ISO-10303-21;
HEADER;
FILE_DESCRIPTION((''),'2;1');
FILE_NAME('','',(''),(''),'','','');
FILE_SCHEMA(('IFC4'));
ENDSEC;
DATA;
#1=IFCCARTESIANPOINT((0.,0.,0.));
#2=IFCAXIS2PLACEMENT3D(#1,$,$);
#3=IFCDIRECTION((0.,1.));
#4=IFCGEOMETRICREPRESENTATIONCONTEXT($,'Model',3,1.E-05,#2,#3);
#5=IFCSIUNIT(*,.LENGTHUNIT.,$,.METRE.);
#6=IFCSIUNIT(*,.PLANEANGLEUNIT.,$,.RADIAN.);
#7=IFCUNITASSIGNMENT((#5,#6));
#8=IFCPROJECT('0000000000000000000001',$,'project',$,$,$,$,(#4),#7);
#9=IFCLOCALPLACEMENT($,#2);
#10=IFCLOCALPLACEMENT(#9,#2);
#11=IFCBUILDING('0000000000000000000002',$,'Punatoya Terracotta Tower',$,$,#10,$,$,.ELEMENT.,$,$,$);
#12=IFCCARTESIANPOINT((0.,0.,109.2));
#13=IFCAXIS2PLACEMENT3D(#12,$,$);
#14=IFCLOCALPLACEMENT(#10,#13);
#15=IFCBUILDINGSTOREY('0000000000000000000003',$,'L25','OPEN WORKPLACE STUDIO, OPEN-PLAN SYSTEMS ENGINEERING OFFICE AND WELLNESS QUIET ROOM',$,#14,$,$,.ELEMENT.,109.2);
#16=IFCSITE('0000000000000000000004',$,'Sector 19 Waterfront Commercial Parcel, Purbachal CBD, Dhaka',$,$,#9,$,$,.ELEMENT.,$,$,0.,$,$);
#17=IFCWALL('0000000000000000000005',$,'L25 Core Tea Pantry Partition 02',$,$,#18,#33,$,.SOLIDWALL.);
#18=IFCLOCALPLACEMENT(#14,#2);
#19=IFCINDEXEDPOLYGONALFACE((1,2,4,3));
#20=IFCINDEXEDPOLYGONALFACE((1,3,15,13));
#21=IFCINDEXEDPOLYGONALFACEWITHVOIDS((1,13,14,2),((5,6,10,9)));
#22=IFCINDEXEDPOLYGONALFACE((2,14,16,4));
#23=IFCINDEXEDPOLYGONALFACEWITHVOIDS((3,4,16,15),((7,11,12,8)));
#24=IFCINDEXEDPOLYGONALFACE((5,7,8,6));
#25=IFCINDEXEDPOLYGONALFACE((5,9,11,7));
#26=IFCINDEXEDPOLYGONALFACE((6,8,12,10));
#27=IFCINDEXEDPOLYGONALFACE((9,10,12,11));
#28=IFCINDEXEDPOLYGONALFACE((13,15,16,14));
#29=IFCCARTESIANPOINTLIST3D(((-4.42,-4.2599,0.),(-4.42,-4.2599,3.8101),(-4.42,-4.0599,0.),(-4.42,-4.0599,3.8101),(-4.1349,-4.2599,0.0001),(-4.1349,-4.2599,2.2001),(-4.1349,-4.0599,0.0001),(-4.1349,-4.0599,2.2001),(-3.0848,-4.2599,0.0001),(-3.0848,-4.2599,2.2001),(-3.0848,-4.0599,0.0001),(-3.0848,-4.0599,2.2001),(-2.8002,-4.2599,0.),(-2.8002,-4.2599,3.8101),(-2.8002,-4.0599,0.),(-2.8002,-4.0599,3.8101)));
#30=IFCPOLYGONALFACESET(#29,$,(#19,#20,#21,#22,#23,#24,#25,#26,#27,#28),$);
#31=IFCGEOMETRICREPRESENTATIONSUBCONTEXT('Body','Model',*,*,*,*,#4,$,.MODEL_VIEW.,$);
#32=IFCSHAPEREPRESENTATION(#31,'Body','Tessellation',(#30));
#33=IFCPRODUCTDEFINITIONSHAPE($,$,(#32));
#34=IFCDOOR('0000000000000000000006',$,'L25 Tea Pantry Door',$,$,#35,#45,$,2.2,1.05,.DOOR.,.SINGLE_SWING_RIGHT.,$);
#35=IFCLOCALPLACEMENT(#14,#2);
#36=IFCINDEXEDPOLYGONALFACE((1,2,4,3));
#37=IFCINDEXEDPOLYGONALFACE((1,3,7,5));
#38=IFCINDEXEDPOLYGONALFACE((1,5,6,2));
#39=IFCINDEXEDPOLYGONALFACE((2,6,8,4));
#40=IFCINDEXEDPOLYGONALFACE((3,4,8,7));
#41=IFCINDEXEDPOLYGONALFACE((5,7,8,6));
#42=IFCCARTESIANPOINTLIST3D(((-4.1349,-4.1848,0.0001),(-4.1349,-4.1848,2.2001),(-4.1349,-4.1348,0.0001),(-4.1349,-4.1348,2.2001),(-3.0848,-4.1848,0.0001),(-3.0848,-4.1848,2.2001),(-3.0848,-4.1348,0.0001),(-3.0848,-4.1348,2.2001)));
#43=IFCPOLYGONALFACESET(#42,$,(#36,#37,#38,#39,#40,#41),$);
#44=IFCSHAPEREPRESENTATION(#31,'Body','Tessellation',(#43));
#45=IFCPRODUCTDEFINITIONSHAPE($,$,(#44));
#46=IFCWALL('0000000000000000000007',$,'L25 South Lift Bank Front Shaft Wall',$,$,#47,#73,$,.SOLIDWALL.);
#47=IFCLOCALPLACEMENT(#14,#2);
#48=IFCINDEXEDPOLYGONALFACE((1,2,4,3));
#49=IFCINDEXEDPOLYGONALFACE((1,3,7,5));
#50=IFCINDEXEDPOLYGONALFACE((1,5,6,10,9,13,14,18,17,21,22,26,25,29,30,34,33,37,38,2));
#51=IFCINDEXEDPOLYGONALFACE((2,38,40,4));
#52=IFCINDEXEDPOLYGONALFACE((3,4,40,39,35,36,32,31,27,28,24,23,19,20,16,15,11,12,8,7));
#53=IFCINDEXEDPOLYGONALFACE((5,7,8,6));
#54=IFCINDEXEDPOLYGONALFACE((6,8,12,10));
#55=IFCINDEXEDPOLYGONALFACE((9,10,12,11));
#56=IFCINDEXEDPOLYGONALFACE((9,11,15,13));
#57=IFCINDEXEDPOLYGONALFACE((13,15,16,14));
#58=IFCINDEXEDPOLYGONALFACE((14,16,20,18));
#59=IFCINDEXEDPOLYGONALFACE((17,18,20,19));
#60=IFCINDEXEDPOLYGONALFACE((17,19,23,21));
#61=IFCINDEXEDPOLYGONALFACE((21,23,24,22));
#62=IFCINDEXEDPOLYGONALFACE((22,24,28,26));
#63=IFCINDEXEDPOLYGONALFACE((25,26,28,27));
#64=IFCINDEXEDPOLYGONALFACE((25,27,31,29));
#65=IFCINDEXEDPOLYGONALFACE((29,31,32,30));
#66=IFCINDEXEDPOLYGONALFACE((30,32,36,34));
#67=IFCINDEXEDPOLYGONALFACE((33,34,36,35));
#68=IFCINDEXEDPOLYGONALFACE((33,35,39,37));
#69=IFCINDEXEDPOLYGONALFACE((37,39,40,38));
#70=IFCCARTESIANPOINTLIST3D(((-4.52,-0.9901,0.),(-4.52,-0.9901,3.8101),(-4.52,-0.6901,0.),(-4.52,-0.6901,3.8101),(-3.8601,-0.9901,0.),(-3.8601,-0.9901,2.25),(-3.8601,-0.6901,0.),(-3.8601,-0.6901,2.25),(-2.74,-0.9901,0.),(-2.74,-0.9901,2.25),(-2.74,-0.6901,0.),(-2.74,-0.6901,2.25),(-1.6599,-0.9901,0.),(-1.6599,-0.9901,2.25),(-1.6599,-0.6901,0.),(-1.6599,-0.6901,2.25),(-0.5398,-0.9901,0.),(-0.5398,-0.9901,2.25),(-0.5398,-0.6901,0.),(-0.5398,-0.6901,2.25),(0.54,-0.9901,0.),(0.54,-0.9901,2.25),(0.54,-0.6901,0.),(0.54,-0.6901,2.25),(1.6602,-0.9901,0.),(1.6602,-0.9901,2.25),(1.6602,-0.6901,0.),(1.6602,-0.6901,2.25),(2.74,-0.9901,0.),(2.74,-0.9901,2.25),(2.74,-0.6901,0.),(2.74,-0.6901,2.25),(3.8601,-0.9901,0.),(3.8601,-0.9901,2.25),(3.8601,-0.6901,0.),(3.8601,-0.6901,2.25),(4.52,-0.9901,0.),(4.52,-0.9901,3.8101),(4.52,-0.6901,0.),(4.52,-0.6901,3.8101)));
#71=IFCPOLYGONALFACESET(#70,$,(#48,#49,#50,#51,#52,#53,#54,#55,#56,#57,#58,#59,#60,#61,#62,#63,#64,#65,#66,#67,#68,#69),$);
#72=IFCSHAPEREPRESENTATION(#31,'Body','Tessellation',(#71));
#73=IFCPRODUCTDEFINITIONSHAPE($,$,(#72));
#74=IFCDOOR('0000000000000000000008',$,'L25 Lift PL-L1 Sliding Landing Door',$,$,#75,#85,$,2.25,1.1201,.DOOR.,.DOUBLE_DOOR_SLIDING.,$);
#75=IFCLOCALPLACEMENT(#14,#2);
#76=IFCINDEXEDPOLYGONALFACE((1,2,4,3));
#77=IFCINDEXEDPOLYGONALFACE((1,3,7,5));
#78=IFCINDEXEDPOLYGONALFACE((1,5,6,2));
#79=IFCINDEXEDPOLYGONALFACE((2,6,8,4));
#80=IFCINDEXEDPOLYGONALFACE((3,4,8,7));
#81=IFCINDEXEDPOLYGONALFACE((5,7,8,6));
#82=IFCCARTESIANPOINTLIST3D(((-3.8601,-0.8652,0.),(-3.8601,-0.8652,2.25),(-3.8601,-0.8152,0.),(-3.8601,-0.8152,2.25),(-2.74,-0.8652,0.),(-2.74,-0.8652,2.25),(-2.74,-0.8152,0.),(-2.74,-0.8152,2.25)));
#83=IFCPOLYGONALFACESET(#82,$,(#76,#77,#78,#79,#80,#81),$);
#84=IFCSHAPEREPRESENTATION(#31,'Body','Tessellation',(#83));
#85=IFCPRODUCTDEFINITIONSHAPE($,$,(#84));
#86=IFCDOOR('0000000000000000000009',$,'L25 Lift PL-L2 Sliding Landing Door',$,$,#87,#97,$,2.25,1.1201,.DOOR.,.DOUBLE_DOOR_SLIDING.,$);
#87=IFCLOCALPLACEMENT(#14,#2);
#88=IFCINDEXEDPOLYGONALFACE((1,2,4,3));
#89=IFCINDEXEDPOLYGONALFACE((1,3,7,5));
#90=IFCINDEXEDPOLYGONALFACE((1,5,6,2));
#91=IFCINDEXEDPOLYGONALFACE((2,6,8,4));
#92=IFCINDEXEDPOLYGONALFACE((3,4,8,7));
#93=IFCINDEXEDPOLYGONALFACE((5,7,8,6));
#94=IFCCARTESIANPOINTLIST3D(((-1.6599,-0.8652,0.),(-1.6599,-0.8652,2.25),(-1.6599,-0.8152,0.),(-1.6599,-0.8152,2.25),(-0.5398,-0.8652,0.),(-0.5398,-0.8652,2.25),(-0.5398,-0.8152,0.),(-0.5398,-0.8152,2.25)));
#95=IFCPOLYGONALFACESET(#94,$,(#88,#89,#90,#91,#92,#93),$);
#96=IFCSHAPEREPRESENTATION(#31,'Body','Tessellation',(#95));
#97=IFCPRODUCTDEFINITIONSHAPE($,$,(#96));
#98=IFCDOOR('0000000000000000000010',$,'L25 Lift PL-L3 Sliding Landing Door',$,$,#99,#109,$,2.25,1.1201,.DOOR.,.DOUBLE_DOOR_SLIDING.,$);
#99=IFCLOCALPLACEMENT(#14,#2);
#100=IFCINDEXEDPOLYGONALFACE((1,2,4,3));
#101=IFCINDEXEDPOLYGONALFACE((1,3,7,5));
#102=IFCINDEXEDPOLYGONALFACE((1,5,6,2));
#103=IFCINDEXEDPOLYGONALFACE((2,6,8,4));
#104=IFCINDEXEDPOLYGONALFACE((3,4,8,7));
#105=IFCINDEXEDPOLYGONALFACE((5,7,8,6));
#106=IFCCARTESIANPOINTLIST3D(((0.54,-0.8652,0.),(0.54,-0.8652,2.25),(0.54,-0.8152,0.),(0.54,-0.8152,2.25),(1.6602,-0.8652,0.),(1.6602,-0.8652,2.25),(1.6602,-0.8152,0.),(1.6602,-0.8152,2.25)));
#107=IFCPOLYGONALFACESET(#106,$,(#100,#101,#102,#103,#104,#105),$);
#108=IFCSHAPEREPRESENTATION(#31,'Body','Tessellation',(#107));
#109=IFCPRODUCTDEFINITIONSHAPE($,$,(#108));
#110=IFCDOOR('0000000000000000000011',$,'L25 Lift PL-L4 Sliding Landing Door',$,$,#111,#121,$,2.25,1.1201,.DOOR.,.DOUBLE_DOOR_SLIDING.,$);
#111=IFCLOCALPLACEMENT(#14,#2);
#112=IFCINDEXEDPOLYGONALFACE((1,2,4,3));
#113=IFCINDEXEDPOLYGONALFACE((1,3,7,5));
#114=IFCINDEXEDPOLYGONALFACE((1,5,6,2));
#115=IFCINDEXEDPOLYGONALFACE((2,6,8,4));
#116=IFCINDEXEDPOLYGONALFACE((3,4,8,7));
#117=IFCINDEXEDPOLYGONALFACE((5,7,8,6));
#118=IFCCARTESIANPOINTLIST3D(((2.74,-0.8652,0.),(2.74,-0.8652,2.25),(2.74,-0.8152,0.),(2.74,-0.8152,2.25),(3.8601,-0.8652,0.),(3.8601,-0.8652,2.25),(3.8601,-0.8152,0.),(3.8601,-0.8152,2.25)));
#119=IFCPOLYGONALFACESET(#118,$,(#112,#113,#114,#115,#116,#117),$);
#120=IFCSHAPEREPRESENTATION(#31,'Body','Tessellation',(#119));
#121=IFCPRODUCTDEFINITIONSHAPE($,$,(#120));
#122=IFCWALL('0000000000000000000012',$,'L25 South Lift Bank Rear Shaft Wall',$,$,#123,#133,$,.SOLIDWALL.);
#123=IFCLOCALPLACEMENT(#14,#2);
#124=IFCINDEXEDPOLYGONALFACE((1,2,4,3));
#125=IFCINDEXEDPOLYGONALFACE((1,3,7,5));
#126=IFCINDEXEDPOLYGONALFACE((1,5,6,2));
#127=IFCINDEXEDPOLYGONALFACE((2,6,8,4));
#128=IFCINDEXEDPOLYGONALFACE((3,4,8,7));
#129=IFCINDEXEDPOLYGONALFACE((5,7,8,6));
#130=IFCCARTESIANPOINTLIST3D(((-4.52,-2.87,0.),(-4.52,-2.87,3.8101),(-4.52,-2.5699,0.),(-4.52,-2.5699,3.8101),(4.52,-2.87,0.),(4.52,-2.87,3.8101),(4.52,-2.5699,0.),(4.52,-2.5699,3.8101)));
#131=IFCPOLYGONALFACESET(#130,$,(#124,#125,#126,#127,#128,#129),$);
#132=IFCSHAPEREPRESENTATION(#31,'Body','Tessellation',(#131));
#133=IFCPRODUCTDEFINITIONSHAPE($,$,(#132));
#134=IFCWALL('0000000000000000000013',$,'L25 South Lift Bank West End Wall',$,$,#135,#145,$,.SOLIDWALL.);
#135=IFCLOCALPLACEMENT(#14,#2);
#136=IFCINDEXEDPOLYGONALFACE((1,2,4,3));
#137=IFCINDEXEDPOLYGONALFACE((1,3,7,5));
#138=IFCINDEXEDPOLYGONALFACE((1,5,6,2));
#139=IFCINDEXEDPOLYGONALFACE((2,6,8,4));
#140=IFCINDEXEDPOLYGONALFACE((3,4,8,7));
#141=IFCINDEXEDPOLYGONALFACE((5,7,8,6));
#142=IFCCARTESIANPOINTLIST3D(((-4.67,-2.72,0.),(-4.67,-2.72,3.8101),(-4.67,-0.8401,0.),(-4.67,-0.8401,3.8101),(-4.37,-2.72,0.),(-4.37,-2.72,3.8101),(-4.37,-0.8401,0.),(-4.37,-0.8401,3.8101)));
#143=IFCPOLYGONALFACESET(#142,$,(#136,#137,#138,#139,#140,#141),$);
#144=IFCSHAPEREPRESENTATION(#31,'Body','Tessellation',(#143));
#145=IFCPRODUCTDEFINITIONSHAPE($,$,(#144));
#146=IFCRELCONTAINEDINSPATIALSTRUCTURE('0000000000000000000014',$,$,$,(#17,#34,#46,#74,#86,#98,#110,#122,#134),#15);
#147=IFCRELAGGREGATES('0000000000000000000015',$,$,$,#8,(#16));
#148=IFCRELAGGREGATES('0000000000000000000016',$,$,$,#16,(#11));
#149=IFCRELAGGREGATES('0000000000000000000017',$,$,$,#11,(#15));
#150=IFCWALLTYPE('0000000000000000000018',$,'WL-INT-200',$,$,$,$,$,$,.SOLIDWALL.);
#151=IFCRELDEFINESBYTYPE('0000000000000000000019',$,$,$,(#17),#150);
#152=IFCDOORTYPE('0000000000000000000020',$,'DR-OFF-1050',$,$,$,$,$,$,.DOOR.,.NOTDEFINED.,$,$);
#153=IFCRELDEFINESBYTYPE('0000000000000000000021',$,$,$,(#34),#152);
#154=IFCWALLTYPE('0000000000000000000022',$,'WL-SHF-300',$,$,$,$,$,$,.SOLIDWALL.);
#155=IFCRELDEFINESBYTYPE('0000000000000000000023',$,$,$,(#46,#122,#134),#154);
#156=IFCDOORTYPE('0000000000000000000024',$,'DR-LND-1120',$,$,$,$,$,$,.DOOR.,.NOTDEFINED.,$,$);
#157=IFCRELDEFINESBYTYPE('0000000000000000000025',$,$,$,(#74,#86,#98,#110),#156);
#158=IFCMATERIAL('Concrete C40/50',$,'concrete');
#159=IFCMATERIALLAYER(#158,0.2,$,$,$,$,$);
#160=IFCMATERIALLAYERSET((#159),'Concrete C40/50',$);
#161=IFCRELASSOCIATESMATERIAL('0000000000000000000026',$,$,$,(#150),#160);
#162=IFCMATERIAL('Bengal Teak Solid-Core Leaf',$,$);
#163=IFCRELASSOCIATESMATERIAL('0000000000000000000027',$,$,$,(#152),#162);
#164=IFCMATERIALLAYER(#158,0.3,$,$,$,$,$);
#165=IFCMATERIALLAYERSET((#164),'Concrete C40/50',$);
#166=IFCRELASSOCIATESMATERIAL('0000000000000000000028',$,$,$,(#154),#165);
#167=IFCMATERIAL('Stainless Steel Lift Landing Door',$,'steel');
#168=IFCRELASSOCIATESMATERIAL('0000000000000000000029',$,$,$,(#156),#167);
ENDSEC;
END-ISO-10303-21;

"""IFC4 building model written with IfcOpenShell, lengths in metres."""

from ifc_helpers import new_model, si_unit, direction, frame, frame_2d, origin, place, context, subcontext, project, spatial, rectangle, extrude, material, layer, layer_set, type_object, element, fill, save


model = new_model("IFC4")

# Units and contexts
model_context = context("Model", 3, precision=1e-05, world=origin(), true_north=direction((0.0, 1.0)))
body_context = subcontext(model_context, "Body", "Model", "MODEL_VIEW")
ifc_project = project(units=[si_unit("LENGTHUNIT", "METRE"), si_unit("PLANEANGLEUNIT", "RADIAN")], contexts=[model_context])

# Site, building, storey
site_placement = place(None, origin())
site = spatial("IfcSite", under=ifc_project, at=site_placement, Name="Sector 19 Waterfront Commercial Parcel, Purbachal CBD, Dhaka", CompositionType="ELEMENT", RefElevation=0.0)
building_placement = place(site_placement, origin())
building = spatial("IfcBuilding", under=site, at=building_placement, Name="Punatoya Terracotta Tower", CompositionType="ELEMENT")
storey_placement = place(building_placement, frame((0.0, 0.0, 109.2)))
storey = spatial("IfcBuildingStorey", under=building, at=storey_placement, Name="L25", Description="OPEN WORKPLACE STUDIO, OPEN-PLAN SYSTEMS ENGINEERING OFFICE AND WELLNESS QUIET ROOM", CompositionType="ELEMENT", Elevation=109.2)

# Shared definitions
ifc_material_1 = material(Name="Concrete C40/50", Category="concrete")

# Wall, opening, door
ifc_layer_1 = layer(ifc_material_1, 0.2)
ifc_layer_set_1 = layer_set([ifc_layer_1], Name="Concrete C40/50")
wall_type_1 = type_object("IfcWallType", Name="WL-INT-200", PredefinedType="SOLIDWALL", material=ifc_layer_set_1)
wall_1_placement = place(storey_placement, frame((-2.8, -4.1599, 0.0), z_axis=(0.0, 0.0, 1.0), x_axis=(-1.0, 0.0, 0.0)))
wall_1 = element("IfcWall", 1, at=wall_1_placement, inside=storey, type_object=wall_type_1, Name="L25 Core Tea Pantry Partition 02", PredefinedType="SOLIDWALL", context=body_context, shape_type="SweptSolid", body=[
    extrude(rectangle(XDim=1.6199, YDim=0.2, at=frame_2d((0.8101, 0.0))), origin(), (0.0, 0.0, 1.0), 3.8101),
])
opening_1_placement = place(wall_1_placement, frame((0.2849, 0.0, 0.0)))
opening_1 = element("IfcOpeningElement", 2, at=opening_1_placement, cuts=wall_1, PredefinedType="OPENING", context=body_context, shape_type="SweptSolid", body=[
    extrude(rectangle(XDim=1.05, YDim=2.2, at=frame_2d((0.5249, 1.1001))), frame((0.0, 0.1099, 0.0), z_axis=(0.0, -1.0, 0.0), x_axis=(1.0, 0.0, 0.0)), (0.0, 0.0, 1.0), 0.22),
])
ifc_material_2 = material(Name="Bengal Teak Solid-Core Leaf")
door_type_1 = type_object("IfcDoorType", Name="DR-OFF-1050", OperationType="NOTDEFINED", PredefinedType="DOOR", material=ifc_material_2)
door_1_placement = place(opening_1_placement, origin())
door_1 = element("IfcDoor", 3, at=door_1_placement, inside=storey, type_object=door_type_1, Name="L25 Tea Pantry Door", OperationType="SINGLE_SWING_RIGHT", OverallHeight=2.2, OverallWidth=1.05, PredefinedType="DOOR", context=body_context, shape_type="SweptSolid", body=[
    extrude(rectangle(XDim=1.05, YDim=2.2, at=frame_2d((0.5249, 1.1001))), frame((0.0, 0.0249, 0.0), z_axis=(0.0, -1.0, 0.0), x_axis=(1.0, 0.0, 0.0)), (0.0, 0.0, 1.0), 0.05),
])
fill(opening_1, door_1)

# Wall, openings, doors
ifc_layer_2 = layer(ifc_material_1, 0.3)
ifc_layer_set_2 = layer_set([ifc_layer_2], Name="Concrete C40/50")
wall_type_2 = type_object("IfcWallType", Name="WL-SHF-300", PredefinedType="SOLIDWALL", material=ifc_layer_set_2)
wall_2_placement = place(storey_placement, frame((-4.52, -0.8401, 0.0), z_axis=(0.0, 0.0, 1.0), x_axis=(1.0, 0.0, 0.0)))
wall_2 = element("IfcWall", 4, at=wall_2_placement, inside=storey, type_object=wall_type_2, Name="L25 South Lift Bank Front Shaft Wall", PredefinedType="SOLIDWALL", context=body_context, shape_type="SweptSolid", body=[
    extrude(rectangle(XDim=9.04, YDim=0.3, at=frame_2d((4.52, 0.0))), origin(), (0.0, 0.0, 1.0), 3.8101),
])
opening_2_placement = place(wall_2_placement, frame((0.6599, 0.0, 0.0)))
opening_2 = element("IfcOpeningElement", 5, at=opening_2_placement, cuts=wall_2, PredefinedType="OPENING", context=body_context, shape_type="SweptSolid", body=[
    extrude(rectangle(XDim=1.1201, YDim=2.25, at=frame_2d((0.5601, 1.125))), frame((0.0, 0.1599, 0.0), z_axis=(0.0, -1.0, 0.0), x_axis=(1.0, 0.0, 0.0)), (0.0, 0.0, 1.0), 0.3201),
])
opening_3_placement = place(wall_2_placement, frame((2.8601, 0.0, 0.0)))
opening_3 = element("IfcOpeningElement", 6, at=opening_3_placement, cuts=wall_2, PredefinedType="OPENING", context=body_context, shape_type="SweptSolid", body=[
    extrude(rectangle(XDim=1.1201, YDim=2.25, at=frame_2d((0.5601, 1.125))), frame((0.0, 0.1599, 0.0), z_axis=(0.0, -1.0, 0.0), x_axis=(1.0, 0.0, 0.0)), (0.0, 0.0, 1.0), 0.3201),
])
opening_4_placement = place(wall_2_placement, frame((5.0601, 0.0, 0.0)))
opening_4 = element("IfcOpeningElement", 7, at=opening_4_placement, cuts=wall_2, PredefinedType="OPENING", context=body_context, shape_type="SweptSolid", body=[
    extrude(rectangle(XDim=1.1201, YDim=2.25, at=frame_2d((0.5601, 1.125))), frame((0.0, 0.1599, 0.0), z_axis=(0.0, -1.0, 0.0), x_axis=(1.0, 0.0, 0.0)), (0.0, 0.0, 1.0), 0.3201),
])
opening_5_placement = place(wall_2_placement, frame((7.26, 0.0, 0.0)))
opening_5 = element("IfcOpeningElement", 8, at=opening_5_placement, cuts=wall_2, PredefinedType="OPENING", context=body_context, shape_type="SweptSolid", body=[
    extrude(rectangle(XDim=1.1201, YDim=2.25, at=frame_2d((0.5601, 1.125))), frame((0.0, 0.1599, 0.0), z_axis=(0.0, -1.0, 0.0), x_axis=(1.0, 0.0, 0.0)), (0.0, 0.0, 1.0), 0.3201),
])
ifc_material_3 = material(Name="Stainless Steel Lift Landing Door", Category="steel")
door_type_2 = type_object("IfcDoorType", Name="DR-LND-1120", OperationType="NOTDEFINED", PredefinedType="DOOR", material=ifc_material_3)
door_2_placement = place(opening_2_placement, origin())
door_2 = element("IfcDoor", 9, at=door_2_placement, inside=storey, type_object=door_type_2, Name="L25 Lift PL-L1 Sliding Landing Door", OperationType="DOUBLE_DOOR_SLIDING", OverallHeight=2.25, OverallWidth=1.1201, PredefinedType="DOOR", context=body_context, shape_type="SweptSolid", body=[
    extrude(rectangle(XDim=1.1201, YDim=2.25, at=frame_2d((0.5601, 1.125))), frame((0.0, 0.0249, 0.0), z_axis=(0.0, -1.0, 0.0), x_axis=(1.0, 0.0, 0.0)), (0.0, 0.0, 1.0), 0.05),
])
fill(opening_2, door_2)
door_3_placement = place(opening_3_placement, origin())
door_3 = element("IfcDoor", 10, at=door_3_placement, inside=storey, type_object=door_type_2, Name="L25 Lift PL-L2 Sliding Landing Door", OperationType="DOUBLE_DOOR_SLIDING", OverallHeight=2.25, OverallWidth=1.1201, PredefinedType="DOOR", context=body_context, shape_type="SweptSolid", body=[
    extrude(rectangle(XDim=1.1201, YDim=2.25, at=frame_2d((0.5601, 1.125))), frame((0.0, 0.0249, 0.0), z_axis=(0.0, -1.0, 0.0), x_axis=(1.0, 0.0, 0.0)), (0.0, 0.0, 1.0), 0.05),
])
fill(opening_3, door_3)
door_4_placement = place(opening_4_placement, origin())
door_4 = element("IfcDoor", 11, at=door_4_placement, inside=storey, type_object=door_type_2, Name="L25 Lift PL-L3 Sliding Landing Door", OperationType="DOUBLE_DOOR_SLIDING", OverallHeight=2.25, OverallWidth=1.1201, PredefinedType="DOOR", context=body_context, shape_type="SweptSolid", body=[
    extrude(rectangle(XDim=1.1201, YDim=2.25, at=frame_2d((0.5601, 1.125))), frame((0.0, 0.0249, 0.0), z_axis=(0.0, -1.0, 0.0), x_axis=(1.0, 0.0, 0.0)), (0.0, 0.0, 1.0), 0.05),
])
fill(opening_4, door_4)
door_5_placement = place(opening_5_placement, origin())
door_5 = element("IfcDoor", 12, at=door_5_placement, inside=storey, type_object=door_type_2, Name="L25 Lift PL-L4 Sliding Landing Door", OperationType="DOUBLE_DOOR_SLIDING", OverallHeight=2.25, OverallWidth=1.1201, PredefinedType="DOOR", context=body_context, shape_type="SweptSolid", body=[
    extrude(rectangle(XDim=1.1201, YDim=2.25, at=frame_2d((0.5601, 1.125))), frame((0.0, 0.0249, 0.0), z_axis=(0.0, -1.0, 0.0), x_axis=(1.0, 0.0, 0.0)), (0.0, 0.0, 1.0), 0.05),
])
fill(opening_5, door_5)

# Walls
wall_3_placement = place(storey_placement, frame((-4.52, -2.72, 0.0), z_axis=(0.0, 0.0, 1.0), x_axis=(1.0, 0.0, 0.0)))
element("IfcWall", 13, at=wall_3_placement, inside=storey, type_object=wall_type_2, Name="L25 South Lift Bank Rear Shaft Wall", PredefinedType="SOLIDWALL", context=body_context, shape_type="SweptSolid", body=[
    extrude(rectangle(XDim=9.04, YDim=0.3, at=frame_2d((4.52, 0.0))), origin(), (0.0, 0.0, 1.0), 3.8101),
])
wall_4_placement = place(storey_placement, frame((-4.52, -2.72, 0.0), z_axis=(0.0, 0.0, 1.0), x_axis=(0.0, 1.0, 0.0)))
element("IfcWall", 14, at=wall_4_placement, inside=storey, type_object=wall_type_2, Name="L25 South Lift Bank West End Wall", PredefinedType="SOLIDWALL", context=body_context, shape_type="SweptSolid", body=[
    extrude(rectangle(XDim=1.8799, YDim=0.3, at=frame_2d((0.9399, 0.0))), origin(), (0.0, 0.0, 1.0), 3.8101),
])

save(model, "model.ifc")
